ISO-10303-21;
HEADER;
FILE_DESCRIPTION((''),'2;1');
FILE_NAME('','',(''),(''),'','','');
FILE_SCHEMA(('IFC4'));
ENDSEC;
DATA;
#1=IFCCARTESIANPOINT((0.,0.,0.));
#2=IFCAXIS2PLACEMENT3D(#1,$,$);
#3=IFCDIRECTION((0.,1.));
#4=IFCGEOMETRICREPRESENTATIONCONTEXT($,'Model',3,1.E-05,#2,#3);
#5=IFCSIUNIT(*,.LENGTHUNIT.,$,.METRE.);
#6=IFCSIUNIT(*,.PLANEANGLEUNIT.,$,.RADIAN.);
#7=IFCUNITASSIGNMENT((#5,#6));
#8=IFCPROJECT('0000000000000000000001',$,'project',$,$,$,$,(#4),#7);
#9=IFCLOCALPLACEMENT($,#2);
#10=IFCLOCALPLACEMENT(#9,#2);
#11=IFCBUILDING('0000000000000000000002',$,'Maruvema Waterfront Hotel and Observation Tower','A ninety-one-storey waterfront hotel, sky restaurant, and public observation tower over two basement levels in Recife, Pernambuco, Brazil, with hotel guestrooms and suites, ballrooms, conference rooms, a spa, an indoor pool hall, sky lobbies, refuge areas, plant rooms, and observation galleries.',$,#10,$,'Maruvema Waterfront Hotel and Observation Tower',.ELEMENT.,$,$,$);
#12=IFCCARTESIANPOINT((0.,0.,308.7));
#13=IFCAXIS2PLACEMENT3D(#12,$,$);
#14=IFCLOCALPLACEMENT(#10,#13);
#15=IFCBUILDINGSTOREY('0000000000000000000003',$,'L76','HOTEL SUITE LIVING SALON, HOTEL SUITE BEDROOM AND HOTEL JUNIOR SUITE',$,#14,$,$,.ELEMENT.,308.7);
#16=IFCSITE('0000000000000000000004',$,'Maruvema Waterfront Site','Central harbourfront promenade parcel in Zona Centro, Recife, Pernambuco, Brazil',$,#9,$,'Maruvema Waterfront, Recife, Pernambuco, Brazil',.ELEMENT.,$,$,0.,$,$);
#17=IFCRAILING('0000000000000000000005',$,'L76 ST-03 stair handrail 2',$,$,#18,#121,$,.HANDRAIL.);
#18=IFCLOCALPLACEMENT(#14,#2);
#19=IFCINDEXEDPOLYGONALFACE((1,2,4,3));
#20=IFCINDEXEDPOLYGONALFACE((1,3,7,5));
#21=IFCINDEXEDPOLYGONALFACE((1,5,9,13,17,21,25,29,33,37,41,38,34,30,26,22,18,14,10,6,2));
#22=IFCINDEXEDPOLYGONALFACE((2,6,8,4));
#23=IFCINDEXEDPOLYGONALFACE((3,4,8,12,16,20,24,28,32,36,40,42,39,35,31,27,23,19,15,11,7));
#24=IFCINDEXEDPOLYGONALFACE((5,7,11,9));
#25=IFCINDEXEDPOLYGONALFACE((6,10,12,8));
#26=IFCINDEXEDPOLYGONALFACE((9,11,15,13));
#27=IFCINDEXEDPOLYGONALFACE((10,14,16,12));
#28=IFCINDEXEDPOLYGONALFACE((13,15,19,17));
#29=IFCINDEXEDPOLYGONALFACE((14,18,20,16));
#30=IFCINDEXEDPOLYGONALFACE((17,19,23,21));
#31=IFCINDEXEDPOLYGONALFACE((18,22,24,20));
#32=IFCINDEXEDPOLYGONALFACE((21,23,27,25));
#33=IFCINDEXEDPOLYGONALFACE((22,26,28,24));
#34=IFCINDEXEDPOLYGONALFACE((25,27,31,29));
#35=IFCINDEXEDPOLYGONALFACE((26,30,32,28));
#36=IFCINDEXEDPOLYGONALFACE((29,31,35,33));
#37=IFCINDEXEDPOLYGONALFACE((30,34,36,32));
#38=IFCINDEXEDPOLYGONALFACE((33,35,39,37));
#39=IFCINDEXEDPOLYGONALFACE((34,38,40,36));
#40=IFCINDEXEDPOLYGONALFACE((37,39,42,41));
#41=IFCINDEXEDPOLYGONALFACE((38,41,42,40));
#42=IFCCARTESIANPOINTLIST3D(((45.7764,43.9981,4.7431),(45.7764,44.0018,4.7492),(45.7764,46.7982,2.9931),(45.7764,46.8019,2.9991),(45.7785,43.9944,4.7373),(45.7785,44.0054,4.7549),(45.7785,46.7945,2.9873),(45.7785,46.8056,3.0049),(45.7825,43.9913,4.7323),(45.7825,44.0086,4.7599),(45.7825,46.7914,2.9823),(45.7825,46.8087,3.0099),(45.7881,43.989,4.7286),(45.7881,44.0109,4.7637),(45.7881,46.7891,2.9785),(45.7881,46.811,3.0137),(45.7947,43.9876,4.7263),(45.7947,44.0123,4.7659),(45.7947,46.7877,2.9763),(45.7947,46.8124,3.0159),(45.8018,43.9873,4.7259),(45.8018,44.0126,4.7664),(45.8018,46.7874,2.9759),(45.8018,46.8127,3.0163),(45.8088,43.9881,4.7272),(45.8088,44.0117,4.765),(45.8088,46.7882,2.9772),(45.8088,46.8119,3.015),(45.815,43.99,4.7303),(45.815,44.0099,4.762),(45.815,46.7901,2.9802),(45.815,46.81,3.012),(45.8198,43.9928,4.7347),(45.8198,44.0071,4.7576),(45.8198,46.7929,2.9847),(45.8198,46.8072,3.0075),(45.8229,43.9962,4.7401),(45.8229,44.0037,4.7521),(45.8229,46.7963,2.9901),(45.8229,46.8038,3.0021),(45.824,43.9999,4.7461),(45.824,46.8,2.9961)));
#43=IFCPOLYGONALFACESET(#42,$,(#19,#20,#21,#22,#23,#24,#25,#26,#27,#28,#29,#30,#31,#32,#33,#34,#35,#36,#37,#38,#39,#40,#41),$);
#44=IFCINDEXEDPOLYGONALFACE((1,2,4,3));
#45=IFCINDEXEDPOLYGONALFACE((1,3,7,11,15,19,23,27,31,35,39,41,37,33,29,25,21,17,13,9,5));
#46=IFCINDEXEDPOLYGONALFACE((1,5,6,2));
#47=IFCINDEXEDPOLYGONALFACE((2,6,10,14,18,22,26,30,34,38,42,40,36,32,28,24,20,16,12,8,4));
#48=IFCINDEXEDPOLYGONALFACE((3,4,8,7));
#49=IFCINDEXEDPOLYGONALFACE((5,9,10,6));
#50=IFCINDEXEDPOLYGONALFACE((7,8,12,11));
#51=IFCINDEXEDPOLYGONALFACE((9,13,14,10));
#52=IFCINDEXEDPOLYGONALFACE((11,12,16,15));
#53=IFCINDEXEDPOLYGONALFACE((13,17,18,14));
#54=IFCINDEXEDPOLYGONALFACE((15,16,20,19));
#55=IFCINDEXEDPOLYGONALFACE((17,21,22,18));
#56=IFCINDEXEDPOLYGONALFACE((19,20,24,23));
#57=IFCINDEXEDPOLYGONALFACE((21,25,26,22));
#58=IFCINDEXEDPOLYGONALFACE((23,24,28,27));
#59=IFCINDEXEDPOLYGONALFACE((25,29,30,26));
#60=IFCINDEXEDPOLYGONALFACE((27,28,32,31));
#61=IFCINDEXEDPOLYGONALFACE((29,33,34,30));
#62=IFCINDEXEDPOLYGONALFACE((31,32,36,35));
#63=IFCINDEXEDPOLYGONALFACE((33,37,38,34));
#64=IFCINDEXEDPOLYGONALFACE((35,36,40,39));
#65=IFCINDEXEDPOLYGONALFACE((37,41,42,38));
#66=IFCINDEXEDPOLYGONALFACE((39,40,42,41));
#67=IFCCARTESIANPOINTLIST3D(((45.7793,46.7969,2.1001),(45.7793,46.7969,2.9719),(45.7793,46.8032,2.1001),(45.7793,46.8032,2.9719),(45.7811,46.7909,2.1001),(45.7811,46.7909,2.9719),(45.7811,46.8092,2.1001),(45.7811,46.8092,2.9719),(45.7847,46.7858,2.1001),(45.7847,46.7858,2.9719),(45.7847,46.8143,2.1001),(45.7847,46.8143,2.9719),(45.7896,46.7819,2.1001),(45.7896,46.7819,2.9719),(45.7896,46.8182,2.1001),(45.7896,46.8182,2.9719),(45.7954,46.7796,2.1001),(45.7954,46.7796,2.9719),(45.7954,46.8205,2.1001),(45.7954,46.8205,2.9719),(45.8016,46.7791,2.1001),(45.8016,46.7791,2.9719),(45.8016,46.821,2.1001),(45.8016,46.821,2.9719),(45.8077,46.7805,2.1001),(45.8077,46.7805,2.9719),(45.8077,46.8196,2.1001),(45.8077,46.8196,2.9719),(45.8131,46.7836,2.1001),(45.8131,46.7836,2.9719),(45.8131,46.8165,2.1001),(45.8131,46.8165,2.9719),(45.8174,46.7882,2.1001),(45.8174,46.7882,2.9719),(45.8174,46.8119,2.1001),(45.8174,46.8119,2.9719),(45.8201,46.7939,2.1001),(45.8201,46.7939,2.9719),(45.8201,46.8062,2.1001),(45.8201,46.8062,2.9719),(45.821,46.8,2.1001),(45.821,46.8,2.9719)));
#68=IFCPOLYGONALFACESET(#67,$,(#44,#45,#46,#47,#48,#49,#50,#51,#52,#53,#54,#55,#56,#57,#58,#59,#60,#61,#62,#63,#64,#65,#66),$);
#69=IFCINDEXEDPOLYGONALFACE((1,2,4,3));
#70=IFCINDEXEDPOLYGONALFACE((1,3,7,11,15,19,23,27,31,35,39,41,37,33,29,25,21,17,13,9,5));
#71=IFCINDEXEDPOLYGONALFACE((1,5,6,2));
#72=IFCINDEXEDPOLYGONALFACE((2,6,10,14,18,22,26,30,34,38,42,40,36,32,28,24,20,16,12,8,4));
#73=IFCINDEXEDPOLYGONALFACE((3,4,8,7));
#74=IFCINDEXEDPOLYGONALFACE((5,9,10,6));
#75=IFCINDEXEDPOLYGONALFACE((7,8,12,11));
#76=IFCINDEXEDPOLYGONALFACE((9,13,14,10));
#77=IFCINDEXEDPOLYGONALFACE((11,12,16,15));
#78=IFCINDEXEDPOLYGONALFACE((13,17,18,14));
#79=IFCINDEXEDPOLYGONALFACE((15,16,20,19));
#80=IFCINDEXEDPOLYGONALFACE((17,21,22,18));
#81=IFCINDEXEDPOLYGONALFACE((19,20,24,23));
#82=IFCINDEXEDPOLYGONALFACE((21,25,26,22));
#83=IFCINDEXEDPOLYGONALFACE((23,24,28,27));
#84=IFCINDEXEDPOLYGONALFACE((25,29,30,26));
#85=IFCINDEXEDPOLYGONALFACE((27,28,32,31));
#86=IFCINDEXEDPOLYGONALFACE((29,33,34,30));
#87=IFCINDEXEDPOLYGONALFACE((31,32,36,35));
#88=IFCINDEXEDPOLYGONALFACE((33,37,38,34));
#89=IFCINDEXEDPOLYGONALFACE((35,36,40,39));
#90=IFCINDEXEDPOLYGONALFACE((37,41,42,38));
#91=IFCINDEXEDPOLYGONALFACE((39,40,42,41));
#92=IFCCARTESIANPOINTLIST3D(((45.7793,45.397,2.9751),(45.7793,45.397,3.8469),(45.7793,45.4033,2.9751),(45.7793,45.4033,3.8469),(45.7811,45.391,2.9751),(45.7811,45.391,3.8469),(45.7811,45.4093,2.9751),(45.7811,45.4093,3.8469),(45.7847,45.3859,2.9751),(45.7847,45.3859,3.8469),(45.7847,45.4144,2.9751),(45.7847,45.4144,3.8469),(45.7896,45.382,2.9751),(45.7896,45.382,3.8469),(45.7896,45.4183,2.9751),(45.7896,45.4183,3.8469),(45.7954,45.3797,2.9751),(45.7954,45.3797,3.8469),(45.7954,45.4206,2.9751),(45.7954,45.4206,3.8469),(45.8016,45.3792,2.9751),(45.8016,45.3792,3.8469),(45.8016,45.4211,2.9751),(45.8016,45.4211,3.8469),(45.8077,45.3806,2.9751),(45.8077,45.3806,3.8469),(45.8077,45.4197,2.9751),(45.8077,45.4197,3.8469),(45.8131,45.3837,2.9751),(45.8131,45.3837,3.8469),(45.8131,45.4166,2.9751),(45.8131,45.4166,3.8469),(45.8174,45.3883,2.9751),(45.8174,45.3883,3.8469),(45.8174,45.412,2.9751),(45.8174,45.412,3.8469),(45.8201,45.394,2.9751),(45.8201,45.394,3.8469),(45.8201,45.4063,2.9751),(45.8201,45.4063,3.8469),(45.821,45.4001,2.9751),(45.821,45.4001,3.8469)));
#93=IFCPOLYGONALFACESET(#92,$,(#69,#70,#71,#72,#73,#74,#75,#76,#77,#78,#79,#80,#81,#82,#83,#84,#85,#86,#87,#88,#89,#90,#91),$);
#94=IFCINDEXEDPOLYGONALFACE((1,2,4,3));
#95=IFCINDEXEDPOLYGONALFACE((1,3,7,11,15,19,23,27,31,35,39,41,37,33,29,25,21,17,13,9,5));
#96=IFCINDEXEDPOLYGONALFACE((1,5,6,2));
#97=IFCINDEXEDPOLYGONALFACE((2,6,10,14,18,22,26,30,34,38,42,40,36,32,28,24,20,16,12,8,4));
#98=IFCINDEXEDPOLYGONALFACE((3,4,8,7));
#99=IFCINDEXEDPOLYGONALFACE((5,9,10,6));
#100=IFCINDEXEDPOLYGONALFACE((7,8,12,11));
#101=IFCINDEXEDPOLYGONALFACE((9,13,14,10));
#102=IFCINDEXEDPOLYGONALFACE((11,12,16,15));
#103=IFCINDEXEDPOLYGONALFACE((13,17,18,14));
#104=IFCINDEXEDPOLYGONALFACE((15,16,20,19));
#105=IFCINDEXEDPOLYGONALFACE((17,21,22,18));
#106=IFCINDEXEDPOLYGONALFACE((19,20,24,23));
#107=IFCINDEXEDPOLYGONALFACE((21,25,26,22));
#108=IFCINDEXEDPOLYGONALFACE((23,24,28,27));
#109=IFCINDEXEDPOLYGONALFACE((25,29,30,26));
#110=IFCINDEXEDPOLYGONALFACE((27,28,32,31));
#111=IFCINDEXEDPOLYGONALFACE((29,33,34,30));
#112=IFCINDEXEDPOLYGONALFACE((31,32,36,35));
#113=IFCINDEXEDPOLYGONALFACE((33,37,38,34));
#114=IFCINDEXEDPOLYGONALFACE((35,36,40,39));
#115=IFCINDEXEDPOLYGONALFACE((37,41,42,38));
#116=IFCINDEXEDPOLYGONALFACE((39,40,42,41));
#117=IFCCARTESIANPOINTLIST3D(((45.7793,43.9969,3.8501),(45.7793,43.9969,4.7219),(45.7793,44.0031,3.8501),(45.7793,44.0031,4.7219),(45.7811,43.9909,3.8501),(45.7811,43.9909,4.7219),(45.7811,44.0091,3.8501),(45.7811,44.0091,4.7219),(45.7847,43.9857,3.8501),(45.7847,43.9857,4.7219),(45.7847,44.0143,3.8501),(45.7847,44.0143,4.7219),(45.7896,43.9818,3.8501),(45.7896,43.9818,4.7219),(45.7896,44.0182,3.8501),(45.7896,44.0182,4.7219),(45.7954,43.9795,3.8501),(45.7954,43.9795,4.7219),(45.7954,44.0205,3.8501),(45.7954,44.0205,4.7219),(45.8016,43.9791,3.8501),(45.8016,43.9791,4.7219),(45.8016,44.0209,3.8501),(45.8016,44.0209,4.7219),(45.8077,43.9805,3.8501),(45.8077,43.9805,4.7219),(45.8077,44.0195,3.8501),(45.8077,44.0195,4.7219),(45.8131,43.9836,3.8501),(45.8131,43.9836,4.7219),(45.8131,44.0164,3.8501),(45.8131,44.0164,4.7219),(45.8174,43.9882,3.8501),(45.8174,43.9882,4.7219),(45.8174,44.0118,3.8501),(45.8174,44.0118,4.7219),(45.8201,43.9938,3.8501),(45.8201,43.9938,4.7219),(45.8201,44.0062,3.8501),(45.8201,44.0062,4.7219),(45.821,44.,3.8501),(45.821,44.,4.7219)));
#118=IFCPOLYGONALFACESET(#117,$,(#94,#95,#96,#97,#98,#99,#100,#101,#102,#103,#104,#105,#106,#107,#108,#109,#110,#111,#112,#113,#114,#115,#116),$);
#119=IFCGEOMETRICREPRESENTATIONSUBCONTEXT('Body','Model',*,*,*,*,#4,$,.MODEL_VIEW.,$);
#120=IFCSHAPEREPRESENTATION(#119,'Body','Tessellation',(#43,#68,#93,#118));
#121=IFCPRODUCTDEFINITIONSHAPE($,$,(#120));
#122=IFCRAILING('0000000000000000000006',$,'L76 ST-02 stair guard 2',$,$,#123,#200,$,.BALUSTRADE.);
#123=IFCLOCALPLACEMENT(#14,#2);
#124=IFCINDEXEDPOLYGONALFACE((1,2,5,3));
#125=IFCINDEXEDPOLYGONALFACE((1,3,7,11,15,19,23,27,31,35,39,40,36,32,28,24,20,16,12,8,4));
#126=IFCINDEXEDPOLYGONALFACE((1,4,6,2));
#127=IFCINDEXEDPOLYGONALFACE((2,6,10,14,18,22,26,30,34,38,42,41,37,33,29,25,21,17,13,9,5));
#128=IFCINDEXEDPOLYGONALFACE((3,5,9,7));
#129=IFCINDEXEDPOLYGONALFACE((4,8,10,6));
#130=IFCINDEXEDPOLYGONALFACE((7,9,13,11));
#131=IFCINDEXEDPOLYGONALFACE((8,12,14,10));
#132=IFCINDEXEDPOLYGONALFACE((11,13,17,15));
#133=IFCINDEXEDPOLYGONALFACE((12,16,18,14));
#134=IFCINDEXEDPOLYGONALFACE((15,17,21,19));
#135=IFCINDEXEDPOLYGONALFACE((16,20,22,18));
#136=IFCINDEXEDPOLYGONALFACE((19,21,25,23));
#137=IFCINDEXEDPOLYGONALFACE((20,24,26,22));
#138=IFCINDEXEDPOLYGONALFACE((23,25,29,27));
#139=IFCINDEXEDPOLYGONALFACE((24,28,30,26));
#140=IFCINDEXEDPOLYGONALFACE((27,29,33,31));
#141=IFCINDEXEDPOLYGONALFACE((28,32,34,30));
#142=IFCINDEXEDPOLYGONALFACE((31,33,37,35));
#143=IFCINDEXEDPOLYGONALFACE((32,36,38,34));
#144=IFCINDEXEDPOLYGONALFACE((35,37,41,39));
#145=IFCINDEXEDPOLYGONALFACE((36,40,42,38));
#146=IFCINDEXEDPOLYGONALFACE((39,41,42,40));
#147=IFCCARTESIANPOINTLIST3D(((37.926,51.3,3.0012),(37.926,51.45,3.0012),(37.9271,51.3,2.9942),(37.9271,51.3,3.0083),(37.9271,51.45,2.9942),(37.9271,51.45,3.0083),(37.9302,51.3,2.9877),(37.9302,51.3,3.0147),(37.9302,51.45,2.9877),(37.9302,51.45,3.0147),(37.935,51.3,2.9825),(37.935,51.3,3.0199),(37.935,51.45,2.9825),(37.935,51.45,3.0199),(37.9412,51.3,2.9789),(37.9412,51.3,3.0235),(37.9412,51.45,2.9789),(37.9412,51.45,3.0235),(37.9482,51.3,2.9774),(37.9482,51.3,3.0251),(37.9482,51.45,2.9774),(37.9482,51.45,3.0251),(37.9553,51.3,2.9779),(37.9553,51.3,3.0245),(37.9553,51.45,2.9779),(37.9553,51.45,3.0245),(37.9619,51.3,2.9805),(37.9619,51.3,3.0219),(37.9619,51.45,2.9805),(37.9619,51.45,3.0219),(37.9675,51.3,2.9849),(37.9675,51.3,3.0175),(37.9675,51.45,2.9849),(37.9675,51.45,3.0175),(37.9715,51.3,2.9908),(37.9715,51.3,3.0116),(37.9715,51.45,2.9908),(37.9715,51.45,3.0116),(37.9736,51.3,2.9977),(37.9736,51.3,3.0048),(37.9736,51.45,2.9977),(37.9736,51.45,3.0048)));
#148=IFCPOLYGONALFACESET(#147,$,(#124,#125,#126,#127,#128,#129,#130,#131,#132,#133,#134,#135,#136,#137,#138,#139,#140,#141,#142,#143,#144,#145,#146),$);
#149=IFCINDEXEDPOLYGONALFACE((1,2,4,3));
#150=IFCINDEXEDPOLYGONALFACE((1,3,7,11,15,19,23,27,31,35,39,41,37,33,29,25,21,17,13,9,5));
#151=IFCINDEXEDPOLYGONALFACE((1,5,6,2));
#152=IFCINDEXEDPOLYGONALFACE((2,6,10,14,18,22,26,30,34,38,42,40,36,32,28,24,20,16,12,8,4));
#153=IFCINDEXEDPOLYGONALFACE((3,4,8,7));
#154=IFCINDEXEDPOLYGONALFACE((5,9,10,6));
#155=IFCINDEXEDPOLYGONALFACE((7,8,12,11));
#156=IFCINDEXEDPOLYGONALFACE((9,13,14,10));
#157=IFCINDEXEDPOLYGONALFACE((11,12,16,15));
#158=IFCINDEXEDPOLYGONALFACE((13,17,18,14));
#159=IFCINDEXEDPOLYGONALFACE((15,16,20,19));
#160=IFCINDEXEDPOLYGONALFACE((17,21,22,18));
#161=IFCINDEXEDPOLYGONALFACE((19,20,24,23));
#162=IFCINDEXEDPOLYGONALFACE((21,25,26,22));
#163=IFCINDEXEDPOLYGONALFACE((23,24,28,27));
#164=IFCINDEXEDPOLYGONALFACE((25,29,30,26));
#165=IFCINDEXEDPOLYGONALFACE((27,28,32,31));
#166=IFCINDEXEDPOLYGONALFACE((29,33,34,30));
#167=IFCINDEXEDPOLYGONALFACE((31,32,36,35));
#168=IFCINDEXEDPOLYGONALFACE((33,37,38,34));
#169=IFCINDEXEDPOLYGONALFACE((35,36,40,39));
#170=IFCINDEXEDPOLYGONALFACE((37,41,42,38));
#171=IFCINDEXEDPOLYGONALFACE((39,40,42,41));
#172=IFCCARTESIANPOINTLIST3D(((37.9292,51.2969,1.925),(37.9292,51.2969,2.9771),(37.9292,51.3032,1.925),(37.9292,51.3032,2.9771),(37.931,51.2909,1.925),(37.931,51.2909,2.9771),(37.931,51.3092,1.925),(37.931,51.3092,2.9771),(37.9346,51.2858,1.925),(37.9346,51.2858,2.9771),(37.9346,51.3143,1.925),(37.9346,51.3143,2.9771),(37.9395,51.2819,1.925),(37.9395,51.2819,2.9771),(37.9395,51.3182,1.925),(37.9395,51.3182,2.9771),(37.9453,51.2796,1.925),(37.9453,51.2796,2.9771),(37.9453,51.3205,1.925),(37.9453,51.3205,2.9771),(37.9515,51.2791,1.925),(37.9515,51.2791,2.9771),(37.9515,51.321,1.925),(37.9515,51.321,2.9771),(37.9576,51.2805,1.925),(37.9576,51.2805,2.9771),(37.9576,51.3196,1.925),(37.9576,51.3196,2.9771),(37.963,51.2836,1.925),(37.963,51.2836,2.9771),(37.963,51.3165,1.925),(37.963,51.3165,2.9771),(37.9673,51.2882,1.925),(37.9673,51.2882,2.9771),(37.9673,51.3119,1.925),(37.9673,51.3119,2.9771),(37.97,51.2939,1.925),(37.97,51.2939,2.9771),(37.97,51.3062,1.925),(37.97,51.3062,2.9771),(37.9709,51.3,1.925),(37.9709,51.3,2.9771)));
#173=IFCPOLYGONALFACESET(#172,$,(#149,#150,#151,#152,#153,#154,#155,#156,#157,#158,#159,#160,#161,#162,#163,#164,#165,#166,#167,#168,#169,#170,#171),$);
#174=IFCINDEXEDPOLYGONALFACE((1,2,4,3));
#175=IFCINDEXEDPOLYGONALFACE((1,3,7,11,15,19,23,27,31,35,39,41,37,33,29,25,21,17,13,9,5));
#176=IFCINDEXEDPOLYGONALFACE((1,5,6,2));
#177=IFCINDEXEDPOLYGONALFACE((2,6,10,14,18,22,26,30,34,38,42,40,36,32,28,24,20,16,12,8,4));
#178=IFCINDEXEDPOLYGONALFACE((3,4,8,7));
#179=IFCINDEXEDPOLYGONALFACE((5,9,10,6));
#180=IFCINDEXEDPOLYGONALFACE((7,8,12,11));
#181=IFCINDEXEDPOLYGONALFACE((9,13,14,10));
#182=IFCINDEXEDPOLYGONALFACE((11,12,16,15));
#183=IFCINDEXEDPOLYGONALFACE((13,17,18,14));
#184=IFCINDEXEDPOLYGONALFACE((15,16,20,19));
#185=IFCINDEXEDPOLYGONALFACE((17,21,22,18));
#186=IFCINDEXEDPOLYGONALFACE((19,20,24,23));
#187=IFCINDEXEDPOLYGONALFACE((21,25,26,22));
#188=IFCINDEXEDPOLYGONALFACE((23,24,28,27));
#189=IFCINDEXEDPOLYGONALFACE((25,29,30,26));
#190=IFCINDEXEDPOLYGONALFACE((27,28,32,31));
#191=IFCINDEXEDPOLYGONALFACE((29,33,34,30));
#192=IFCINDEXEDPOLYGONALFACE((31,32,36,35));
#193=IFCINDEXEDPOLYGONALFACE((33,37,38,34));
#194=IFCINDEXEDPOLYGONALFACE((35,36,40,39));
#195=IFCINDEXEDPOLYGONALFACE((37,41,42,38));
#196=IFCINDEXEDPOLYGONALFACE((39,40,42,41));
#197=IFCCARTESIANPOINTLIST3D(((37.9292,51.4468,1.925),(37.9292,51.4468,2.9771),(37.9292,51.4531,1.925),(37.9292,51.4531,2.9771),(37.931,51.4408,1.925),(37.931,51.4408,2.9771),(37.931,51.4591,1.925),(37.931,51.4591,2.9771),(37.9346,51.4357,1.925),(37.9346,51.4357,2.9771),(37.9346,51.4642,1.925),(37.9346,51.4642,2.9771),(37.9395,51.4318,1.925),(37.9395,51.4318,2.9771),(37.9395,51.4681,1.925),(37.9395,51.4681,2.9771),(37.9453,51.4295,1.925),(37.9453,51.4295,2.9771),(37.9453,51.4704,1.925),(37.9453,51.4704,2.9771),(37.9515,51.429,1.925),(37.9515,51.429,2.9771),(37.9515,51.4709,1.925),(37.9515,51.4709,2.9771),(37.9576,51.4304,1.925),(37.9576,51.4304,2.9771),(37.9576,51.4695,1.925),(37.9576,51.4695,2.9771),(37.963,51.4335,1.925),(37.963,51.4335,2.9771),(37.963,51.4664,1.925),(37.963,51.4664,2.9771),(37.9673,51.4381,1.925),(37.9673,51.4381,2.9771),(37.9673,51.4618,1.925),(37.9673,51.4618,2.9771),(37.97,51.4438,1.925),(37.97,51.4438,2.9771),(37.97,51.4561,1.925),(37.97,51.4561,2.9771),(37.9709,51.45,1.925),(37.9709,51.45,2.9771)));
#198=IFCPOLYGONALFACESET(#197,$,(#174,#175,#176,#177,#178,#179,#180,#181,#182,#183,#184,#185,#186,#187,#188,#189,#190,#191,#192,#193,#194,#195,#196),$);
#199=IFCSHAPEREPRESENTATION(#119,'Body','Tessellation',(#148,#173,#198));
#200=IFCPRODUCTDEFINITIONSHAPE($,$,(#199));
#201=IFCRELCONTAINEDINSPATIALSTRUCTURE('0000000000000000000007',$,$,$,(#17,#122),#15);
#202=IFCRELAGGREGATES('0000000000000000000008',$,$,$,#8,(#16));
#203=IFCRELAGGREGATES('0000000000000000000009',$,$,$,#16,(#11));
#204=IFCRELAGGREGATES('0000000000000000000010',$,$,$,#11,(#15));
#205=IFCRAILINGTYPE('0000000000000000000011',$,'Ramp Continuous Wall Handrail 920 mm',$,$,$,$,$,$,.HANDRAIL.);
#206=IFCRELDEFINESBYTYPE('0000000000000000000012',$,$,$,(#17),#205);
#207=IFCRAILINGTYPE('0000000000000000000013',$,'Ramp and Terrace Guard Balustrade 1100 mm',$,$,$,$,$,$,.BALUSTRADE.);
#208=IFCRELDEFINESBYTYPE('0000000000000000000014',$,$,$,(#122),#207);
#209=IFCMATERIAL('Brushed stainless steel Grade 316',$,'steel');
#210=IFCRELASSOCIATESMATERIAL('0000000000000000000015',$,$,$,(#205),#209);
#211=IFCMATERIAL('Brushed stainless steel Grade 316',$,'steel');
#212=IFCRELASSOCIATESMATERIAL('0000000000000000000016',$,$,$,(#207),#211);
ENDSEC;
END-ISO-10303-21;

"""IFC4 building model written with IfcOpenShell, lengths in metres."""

from ifc_helpers import new_model, si_unit, direction, frame, origin, origin_2d, place, context, subcontext, project, spatial, circle, extrude, material, type_object, element, save


model = new_model("IFC4")

# Units and contexts
model_context = context("Model", 3, precision=1e-05, world=origin(), true_north=direction((0.0, 1.0)))
body_context = subcontext(model_context, "Body", "Model", "MODEL_VIEW")
ifc_project = project(units=[si_unit("LENGTHUNIT", "METRE"), si_unit("PLANEANGLEUNIT", "RADIAN")], contexts=[model_context])

# Site, building, storey
site_placement = place(None, origin())
site = spatial("IfcSite", under=ifc_project, at=site_placement, Name="Maruvema Waterfront Site", Description="Central harbourfront promenade parcel in Zona Centro, Recife, Pernambuco, Brazil", LongName="Maruvema Waterfront, Recife, Pernambuco, Brazil", CompositionType="ELEMENT", RefElevation=0.0)
building_placement = place(site_placement, origin())
building = spatial("IfcBuilding", under=site, at=building_placement, Name="Maruvema Waterfront Hotel and Observation Tower", Description="A ninety-one-storey waterfront hotel, sky restaurant, and public observation tower over two basement levels in Recife, Pernambuco, Brazil, with hotel guestrooms and suites, ballrooms, conference rooms, a spa, an indoor pool hall, sky lobbies, refuge areas, plant rooms, and observation galleries.", LongName="Maruvema Waterfront Hotel and Observation Tower", CompositionType="ELEMENT")
storey_placement = place(building_placement, frame((0.0, 0.0, 308.7)))
storey = spatial("IfcBuildingStorey", under=building, at=storey_placement, Name="L76", Description="HOTEL SUITE LIVING SALON, HOTEL SUITE BEDROOM AND HOTEL JUNIOR SUITE", CompositionType="ELEMENT", Elevation=308.7)

# Railings
ifc_material_1 = material(Name="Brushed stainless steel Grade 316", Category="steel")
railing_type_1 = type_object("IfcRailingType", Name="Ramp Continuous Wall Handrail 920 mm", PredefinedType="HANDRAIL", material=ifc_material_1)
railing_1_placement = place(storey_placement, frame((45.8, 46.8, 2.1001)))
element("IfcRailing", 1, at=railing_1_placement, inside=storey, type_object=railing_type_1, Name="L76 ST-03 stair handrail 2", PredefinedType="HANDRAIL", context=body_context, shape_type="SweptSolid", body=[
    extrude(circle(Radius=0.0239, at=origin_2d()), frame((0.0, 0.0, 0.896), z_axis=(0.0, -0.848002, 0.529992), x_axis=(1.0, 0.0, 0.0)), (0.0, 0.0, 1.0), 3.302),
    extrude(circle(Radius=0.021, at=origin_2d()), origin(), (0.0, 0.0, 1.0), 0.8718),
    extrude(circle(Radius=0.021, at=origin_2d()), frame((0.0, -1.3999, 0.875)), (0.0, 0.0, 1.0), 0.8718),
    extrude(circle(Radius=0.021, at=origin_2d()), frame((0.0, -2.8, 1.75)), (0.0, 0.0, 1.0), 0.8718),
])
ifc_material_2 = material(Name="Brushed stainless steel Grade 316", Category="steel")
railing_type_2 = type_object("IfcRailingType", Name="Ramp and Terrace Guard Balustrade 1100 mm", PredefinedType="BALUSTRADE", material=ifc_material_2)
railing_2_placement = place(storey_placement, frame((37.95, 51.3, 1.925)))
element("IfcRailing", 2, at=railing_2_placement, inside=storey, type_object=railing_type_2, Name="L76 ST-02 stair guard 2", PredefinedType="BALUSTRADE", context=body_context, shape_type="SweptSolid", body=[
    extrude(circle(Radius=0.0239, at=origin_2d()), frame((0.0, 0.0, 1.0762), z_axis=(0.0, 1.0, 0.0), x_axis=(-1.0, 0.0, 0.0)), (0.0, 0.0, 1.0), 0.1499),
    extrude(circle(Radius=0.021, at=origin_2d()), origin(), (0.0, 0.0, 1.0), 1.052),
    extrude(circle(Radius=0.021, at=origin_2d()), frame((0.0, 0.1499, 0.0)), (0.0, 0.0, 1.0), 1.052),
])

save(model, "model.ifc")
